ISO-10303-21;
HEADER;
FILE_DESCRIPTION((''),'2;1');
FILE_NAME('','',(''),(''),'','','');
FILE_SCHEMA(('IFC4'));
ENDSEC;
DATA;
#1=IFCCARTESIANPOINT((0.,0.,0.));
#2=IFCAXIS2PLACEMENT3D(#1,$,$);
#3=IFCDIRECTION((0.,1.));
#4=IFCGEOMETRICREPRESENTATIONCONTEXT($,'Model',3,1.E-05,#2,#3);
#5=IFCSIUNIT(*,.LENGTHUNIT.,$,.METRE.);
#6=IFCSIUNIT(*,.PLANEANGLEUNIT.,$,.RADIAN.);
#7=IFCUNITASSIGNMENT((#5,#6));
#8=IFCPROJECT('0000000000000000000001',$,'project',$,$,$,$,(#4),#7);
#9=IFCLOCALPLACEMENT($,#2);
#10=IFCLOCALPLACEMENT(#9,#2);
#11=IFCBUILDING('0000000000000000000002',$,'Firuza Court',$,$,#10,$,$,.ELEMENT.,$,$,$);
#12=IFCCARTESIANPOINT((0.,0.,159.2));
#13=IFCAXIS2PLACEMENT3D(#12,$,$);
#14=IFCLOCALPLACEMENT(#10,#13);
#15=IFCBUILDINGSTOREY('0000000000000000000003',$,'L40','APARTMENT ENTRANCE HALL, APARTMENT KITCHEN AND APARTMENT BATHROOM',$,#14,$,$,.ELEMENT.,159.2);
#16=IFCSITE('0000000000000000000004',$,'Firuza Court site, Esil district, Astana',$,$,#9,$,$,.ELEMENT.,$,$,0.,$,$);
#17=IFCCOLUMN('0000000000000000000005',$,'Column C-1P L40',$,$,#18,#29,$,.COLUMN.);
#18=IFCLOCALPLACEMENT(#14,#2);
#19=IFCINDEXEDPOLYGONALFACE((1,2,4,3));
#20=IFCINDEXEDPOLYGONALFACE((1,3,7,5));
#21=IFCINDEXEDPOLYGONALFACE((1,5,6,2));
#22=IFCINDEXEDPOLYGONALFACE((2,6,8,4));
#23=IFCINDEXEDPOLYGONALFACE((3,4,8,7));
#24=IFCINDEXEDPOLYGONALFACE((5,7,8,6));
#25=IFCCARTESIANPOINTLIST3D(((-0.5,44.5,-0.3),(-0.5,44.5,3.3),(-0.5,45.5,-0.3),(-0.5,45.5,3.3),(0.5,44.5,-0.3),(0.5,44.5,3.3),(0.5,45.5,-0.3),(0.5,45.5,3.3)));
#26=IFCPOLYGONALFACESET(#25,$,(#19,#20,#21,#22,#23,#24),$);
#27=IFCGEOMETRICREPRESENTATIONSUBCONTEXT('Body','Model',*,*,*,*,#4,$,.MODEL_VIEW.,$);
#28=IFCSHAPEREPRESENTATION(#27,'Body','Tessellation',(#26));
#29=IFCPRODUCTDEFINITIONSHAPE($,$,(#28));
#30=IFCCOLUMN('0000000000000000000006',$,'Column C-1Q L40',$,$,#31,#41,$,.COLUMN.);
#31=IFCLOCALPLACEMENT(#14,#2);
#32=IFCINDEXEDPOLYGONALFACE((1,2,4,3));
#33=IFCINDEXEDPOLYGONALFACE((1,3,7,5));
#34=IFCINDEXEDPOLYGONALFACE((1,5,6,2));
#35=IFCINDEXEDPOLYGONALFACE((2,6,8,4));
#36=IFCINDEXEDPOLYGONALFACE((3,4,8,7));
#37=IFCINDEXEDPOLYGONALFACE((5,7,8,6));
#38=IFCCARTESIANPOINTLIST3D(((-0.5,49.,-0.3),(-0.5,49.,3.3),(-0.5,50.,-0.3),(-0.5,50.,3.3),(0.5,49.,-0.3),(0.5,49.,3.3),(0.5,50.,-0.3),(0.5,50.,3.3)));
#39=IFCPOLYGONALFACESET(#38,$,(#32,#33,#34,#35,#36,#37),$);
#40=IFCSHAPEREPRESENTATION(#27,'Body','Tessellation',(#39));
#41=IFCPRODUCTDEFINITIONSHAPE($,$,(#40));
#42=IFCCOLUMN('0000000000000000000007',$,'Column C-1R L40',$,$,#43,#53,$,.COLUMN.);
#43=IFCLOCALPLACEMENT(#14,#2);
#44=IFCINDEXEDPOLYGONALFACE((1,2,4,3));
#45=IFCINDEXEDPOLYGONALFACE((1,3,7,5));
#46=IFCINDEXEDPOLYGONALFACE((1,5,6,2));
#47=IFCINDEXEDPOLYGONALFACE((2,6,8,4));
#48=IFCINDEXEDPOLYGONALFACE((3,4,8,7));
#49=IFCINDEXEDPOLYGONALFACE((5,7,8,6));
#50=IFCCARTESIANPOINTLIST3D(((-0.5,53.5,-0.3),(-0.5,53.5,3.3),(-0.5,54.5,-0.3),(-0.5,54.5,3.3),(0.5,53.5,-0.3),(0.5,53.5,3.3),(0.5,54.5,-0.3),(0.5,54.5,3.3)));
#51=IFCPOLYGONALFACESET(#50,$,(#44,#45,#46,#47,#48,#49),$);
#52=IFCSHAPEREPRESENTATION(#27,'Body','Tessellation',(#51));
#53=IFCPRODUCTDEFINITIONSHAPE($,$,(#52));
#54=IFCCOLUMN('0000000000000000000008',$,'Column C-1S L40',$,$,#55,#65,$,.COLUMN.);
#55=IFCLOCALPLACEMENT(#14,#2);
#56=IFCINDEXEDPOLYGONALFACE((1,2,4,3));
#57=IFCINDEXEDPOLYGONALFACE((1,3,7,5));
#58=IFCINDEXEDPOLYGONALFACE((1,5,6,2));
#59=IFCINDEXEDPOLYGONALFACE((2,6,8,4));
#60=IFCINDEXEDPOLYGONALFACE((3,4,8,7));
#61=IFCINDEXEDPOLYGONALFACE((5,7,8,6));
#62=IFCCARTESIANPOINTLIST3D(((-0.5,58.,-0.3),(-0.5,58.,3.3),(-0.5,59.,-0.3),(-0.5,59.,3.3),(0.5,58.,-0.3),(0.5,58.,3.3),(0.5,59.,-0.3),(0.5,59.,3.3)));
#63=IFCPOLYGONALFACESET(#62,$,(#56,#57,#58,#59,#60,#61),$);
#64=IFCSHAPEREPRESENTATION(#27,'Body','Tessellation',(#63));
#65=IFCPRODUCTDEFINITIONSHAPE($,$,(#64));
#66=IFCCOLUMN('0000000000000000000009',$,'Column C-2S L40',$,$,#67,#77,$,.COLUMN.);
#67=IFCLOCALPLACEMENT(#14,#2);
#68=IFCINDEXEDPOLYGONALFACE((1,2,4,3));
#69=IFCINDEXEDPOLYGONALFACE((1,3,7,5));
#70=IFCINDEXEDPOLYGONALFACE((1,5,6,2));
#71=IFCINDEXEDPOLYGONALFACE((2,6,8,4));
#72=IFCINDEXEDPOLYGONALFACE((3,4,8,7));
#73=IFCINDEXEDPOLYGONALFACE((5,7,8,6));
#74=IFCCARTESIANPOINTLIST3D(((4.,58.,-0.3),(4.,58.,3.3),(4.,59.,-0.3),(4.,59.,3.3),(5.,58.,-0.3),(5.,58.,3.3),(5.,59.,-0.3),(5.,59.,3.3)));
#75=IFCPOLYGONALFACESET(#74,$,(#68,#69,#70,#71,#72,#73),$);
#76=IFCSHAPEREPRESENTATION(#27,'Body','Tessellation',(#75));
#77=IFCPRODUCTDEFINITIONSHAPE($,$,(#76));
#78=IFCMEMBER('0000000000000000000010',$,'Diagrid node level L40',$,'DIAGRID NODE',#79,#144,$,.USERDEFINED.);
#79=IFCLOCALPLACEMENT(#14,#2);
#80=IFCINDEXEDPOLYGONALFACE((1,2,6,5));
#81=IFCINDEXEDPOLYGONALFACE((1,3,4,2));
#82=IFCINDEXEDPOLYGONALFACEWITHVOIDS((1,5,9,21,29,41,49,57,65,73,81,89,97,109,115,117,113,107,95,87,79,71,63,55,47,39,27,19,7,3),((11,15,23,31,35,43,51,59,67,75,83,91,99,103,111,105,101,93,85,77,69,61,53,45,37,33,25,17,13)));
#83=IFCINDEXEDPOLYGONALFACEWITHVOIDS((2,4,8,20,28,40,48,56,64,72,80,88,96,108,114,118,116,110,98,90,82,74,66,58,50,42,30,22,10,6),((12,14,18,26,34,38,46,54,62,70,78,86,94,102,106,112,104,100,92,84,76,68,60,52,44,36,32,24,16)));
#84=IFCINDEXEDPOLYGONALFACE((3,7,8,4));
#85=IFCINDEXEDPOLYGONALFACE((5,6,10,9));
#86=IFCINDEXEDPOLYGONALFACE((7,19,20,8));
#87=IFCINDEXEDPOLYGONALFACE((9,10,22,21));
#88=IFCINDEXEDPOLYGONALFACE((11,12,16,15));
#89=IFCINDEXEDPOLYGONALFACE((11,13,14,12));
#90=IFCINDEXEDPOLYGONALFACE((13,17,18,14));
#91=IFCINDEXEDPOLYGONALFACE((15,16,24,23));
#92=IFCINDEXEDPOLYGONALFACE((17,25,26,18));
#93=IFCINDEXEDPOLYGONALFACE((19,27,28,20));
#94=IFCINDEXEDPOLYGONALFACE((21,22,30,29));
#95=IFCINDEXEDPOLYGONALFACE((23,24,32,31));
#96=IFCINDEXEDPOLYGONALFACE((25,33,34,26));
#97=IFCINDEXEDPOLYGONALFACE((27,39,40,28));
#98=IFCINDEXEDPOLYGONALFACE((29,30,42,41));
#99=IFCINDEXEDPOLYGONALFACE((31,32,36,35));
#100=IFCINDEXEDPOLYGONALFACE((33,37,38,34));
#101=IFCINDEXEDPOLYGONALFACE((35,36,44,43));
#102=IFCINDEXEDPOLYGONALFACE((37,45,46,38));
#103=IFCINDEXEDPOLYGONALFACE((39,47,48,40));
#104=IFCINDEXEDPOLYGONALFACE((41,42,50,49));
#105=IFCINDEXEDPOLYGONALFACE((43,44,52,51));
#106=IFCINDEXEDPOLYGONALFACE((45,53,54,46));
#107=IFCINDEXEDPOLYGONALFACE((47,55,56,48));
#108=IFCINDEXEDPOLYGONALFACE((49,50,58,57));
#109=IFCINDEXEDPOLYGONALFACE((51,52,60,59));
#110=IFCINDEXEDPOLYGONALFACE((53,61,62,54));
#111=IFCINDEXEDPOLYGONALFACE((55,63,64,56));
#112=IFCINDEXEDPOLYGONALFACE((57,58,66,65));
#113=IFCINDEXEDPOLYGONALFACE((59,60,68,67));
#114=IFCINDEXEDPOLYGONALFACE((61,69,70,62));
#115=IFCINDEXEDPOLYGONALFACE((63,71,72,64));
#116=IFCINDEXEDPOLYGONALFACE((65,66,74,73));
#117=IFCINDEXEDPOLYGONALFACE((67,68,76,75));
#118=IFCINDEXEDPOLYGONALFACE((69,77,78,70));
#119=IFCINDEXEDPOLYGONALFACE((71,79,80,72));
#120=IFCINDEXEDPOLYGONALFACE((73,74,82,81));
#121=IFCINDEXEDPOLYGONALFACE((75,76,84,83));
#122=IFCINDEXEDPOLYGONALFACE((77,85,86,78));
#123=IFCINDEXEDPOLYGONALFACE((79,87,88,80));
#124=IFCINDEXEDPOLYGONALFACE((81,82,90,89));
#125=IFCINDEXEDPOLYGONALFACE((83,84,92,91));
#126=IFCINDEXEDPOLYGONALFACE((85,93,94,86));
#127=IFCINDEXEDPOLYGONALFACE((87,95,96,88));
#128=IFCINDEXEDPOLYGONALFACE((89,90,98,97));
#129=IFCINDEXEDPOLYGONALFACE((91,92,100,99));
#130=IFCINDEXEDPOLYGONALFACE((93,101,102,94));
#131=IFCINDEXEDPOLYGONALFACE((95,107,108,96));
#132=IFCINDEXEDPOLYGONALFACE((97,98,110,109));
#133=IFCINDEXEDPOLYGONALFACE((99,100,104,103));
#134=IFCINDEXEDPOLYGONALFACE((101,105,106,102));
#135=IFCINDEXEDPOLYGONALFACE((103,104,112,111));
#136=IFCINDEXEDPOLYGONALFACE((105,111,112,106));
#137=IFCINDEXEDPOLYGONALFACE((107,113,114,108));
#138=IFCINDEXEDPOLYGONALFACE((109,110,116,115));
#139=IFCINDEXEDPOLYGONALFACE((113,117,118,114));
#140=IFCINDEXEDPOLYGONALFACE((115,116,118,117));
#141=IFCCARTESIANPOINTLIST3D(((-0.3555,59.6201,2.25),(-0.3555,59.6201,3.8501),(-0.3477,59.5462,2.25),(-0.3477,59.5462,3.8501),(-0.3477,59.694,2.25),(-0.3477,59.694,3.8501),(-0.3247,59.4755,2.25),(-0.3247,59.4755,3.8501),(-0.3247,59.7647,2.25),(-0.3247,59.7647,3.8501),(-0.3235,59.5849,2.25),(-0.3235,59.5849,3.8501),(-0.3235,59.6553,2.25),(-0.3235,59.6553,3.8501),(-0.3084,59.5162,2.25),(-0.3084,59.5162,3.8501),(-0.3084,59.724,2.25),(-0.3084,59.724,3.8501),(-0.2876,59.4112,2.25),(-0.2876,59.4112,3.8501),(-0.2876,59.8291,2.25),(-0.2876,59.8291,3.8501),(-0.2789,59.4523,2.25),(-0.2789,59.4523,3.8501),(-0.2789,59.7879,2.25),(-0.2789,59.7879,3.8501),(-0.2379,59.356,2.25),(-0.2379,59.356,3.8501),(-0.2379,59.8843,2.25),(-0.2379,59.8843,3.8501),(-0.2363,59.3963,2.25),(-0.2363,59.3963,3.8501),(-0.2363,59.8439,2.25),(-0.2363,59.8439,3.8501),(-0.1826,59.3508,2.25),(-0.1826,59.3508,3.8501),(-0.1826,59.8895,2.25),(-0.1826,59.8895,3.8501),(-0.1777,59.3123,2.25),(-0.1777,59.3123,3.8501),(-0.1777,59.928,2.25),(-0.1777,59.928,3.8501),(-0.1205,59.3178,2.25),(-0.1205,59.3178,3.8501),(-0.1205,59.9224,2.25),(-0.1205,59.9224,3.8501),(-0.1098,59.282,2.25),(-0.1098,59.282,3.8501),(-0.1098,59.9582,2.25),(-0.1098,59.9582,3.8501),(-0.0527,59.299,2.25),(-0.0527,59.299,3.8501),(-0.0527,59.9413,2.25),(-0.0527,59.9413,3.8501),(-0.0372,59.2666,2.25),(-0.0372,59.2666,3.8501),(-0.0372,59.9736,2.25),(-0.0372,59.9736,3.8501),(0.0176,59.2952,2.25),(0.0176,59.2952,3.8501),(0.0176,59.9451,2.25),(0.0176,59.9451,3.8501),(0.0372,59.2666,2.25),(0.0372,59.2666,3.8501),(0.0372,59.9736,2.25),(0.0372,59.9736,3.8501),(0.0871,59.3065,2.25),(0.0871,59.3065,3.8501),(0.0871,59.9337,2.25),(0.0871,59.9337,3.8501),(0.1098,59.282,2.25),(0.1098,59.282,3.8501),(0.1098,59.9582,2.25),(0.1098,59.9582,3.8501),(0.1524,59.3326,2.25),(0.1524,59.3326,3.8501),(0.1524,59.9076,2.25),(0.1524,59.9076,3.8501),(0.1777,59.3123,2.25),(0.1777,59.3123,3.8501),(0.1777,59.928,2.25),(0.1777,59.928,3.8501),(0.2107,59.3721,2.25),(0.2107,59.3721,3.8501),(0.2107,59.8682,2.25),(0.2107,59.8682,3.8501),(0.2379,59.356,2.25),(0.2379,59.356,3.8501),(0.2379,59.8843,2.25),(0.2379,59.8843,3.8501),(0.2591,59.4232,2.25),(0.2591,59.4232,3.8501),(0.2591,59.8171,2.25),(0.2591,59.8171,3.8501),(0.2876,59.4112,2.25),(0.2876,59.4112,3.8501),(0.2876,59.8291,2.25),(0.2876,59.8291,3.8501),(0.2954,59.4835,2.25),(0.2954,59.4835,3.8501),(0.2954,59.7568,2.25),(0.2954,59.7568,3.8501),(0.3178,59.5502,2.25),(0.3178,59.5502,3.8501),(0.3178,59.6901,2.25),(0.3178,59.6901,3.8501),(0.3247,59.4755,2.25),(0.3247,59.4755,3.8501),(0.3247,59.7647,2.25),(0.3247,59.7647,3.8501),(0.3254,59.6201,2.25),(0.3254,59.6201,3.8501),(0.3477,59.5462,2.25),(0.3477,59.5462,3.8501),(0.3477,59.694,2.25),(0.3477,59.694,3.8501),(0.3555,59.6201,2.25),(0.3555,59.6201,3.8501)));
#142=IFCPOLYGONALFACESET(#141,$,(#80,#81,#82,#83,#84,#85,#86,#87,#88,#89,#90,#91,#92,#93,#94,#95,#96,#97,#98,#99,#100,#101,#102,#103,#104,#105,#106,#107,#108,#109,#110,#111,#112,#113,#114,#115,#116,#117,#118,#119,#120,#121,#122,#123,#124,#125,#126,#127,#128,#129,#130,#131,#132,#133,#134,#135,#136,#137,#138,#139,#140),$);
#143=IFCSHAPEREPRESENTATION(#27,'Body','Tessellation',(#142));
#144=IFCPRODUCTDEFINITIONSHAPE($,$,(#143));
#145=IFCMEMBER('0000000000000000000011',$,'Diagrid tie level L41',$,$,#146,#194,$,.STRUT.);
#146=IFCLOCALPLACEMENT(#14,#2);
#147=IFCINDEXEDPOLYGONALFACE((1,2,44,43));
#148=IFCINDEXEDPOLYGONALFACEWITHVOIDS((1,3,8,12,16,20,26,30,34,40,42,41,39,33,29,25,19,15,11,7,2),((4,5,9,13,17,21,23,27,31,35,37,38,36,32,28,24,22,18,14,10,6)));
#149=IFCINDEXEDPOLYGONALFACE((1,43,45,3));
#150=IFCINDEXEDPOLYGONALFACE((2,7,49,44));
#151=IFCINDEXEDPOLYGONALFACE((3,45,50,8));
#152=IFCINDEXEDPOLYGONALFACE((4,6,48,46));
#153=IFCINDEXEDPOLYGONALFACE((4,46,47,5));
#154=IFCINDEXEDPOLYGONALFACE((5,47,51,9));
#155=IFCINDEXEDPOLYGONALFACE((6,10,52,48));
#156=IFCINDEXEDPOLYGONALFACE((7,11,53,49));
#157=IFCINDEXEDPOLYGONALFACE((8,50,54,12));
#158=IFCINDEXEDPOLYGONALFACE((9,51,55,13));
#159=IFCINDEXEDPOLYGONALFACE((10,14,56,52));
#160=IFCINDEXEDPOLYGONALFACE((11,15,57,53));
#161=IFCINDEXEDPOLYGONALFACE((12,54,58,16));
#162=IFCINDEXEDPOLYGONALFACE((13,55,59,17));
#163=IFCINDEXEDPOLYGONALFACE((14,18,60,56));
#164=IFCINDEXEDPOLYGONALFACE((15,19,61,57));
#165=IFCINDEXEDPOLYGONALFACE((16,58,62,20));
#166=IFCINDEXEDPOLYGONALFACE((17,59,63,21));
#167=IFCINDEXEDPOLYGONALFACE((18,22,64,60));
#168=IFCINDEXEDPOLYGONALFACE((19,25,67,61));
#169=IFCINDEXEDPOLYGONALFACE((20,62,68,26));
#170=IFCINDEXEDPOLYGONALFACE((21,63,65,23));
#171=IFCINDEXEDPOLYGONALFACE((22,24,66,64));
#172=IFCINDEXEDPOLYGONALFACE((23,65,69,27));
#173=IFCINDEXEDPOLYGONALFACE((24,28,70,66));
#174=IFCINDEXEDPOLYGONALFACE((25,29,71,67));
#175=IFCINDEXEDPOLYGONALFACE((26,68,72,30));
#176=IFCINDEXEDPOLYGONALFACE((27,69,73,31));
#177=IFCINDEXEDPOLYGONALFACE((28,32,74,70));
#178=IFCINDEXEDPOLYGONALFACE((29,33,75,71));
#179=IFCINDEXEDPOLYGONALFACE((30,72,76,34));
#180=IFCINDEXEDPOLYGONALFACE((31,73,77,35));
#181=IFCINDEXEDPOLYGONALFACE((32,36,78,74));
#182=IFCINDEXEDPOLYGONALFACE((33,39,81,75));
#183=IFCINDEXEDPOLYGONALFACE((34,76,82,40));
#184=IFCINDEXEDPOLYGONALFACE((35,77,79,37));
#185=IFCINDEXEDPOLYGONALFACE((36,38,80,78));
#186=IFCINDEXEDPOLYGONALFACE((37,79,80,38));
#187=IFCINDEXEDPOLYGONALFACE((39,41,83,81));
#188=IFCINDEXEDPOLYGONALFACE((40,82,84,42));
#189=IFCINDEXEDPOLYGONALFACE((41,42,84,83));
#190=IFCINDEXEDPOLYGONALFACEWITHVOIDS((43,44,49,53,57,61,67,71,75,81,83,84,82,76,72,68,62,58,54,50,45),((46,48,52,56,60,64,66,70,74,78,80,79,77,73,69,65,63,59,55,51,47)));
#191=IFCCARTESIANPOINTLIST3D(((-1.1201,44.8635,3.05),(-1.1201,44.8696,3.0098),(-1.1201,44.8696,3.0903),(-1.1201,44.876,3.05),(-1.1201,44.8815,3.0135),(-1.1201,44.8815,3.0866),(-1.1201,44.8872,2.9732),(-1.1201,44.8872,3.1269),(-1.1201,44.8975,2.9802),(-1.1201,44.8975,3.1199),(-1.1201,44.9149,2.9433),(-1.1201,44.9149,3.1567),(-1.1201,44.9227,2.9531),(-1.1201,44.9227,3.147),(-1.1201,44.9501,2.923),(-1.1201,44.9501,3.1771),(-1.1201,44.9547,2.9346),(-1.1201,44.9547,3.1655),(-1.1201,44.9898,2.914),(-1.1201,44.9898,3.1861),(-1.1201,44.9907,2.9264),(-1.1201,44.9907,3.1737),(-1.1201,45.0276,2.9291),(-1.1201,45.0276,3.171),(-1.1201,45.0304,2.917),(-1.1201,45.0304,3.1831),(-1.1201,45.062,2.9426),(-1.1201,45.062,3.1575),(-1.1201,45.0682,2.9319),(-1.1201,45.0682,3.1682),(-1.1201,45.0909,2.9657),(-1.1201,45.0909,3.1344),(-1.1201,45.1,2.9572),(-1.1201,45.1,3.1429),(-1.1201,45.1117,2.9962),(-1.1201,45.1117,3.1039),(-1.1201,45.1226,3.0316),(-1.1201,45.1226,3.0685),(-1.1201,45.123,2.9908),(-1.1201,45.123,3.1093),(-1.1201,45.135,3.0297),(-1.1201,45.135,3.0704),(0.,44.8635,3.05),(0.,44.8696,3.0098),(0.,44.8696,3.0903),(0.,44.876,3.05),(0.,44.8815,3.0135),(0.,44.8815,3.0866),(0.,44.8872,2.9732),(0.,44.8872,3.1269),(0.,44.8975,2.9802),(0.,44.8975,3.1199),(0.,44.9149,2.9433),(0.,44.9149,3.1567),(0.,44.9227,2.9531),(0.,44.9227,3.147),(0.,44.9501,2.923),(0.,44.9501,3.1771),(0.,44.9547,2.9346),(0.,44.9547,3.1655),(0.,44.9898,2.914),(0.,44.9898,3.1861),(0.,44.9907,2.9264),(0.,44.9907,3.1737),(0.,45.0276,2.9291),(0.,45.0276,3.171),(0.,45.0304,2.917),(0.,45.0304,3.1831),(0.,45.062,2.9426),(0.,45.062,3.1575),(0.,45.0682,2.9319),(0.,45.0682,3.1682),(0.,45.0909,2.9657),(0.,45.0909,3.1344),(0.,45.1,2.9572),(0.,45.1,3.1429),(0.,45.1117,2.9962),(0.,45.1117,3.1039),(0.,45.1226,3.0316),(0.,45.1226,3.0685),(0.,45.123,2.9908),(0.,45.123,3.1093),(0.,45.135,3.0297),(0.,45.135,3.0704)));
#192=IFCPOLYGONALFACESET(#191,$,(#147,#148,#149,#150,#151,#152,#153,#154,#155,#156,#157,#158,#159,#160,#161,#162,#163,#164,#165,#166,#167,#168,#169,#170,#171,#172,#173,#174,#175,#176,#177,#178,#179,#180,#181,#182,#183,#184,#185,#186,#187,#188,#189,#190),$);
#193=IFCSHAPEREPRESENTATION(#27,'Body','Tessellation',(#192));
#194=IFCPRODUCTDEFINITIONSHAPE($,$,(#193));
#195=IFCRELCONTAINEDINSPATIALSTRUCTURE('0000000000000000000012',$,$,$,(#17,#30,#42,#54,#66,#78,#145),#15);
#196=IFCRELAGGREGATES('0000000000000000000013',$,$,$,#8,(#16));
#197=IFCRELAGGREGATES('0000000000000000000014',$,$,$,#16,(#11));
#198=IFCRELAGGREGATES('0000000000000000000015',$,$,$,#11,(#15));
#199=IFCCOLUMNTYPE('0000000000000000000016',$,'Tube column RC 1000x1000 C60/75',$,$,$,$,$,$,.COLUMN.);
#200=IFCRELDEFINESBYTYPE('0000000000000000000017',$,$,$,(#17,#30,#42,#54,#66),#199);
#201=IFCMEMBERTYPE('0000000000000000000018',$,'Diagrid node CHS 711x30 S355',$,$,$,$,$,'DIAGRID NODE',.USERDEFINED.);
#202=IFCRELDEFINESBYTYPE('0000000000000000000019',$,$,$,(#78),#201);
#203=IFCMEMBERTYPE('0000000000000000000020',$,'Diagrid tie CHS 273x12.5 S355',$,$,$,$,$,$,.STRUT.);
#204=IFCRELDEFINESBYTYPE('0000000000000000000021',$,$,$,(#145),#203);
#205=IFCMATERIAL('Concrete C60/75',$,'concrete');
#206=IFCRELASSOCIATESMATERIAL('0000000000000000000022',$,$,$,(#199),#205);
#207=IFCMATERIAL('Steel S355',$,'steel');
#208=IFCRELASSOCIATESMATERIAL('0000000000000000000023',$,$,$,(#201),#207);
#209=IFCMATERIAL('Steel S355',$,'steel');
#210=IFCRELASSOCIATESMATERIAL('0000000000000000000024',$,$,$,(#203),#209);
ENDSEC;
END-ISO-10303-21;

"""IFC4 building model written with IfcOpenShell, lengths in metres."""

from ifc_helpers import new_model, si_unit, direction, frame, origin, origin_2d, place, context, subcontext, project, spatial, rectangle, hollow_circle, extrude, material, material_profile, profile_set, type_object, element, save


model = new_model("IFC4")

# Units and contexts
model_context = context("Model", 3, precision=1e-05, world=origin(), true_north=direction((0.0, 1.0)))
body_context = subcontext(model_context, "Body", "Model", "MODEL_VIEW")
ifc_project = project(units=[si_unit("LENGTHUNIT", "METRE"), si_unit("PLANEANGLEUNIT", "RADIAN")], contexts=[model_context])

# Site, building, storey
site_placement = place(None, origin())
site = spatial("IfcSite", under=ifc_project, at=site_placement, Name="Firuza Court site, Esil district, Astana", CompositionType="ELEMENT", RefElevation=0.0)
building_placement = place(site_placement, origin())
building = spatial("IfcBuilding", under=site, at=building_placement, Name="Firuza Court", CompositionType="ELEMENT")
storey_placement = place(building_placement, frame((0.0, 0.0, 159.2)))
storey = spatial("IfcBuildingStorey", under=building, at=storey_placement, Name="L40", Description="APARTMENT ENTRANCE HALL, APARTMENT KITCHEN AND APARTMENT BATHROOM", CompositionType="ELEMENT", Elevation=159.2)

# Columns
ifc_material_1 = material(Name="Concrete C60/75", Category="concrete")
ifc_material_profile_1 = material_profile(ifc_material_1, rectangle(XDim=1.0, YDim=1.0, at=origin_2d()), Name="RC 1000x1000")
ifc_profile_set_1 = profile_set([ifc_material_profile_1], Name="Concrete C60/75")
column_type = type_object("IfcColumnType", Name="Tube column RC 1000x1000 C60/75", PredefinedType="COLUMN", material=ifc_profile_set_1)
for number, where, z_axis, x_axis, name in (
    (1, (0.0, 45.0, -0.3), (0.0, 0.0, 1.0), (1.0, 0.0, 0.0), "Column C-1P L40"),
    (2, (0.0, 49.5, -0.3), (0.0, 0.0, 1.0), (1.0, 0.0, 0.0), "Column C-1Q L40"),
    (3, (0.0, 54.0, -0.3), (0.0, 0.0, 1.0), (1.0, 0.0, 0.0), "Column C-1R L40"),
    (4, (0.0, 58.5, -0.3), (0.0, 0.0, 1.0), (1.0, 0.0, 0.0), "Column C-1S L40"),
    (5, (4.5, 58.5, -0.3), (0.0, 0.0, 1.0), (1.0, 0.0, 0.0), "Column C-2S L40"),
):
    element("IfcColumn", number, at=place(storey_placement, frame(where, z_axis=z_axis, x_axis=x_axis)), inside=storey, type_object=column_type, Name=name, PredefinedType="COLUMN", context=body_context, shape_type="SweptSolid", body=[
        extrude(rectangle(XDim=1.0, YDim=1.0, at=origin_2d()), origin(), (0.0, 0.0, 1.0), 3.6001),
    ])

# Members
ifc_material_2 = material(Name="Steel S355", Category="steel")
ifc_material_profile_2 = material_profile(ifc_material_2, hollow_circle(Radius=0.3555, WallThickness=0.03, at=origin_2d()), Name="CHS 711x30")
ifc_profile_set_2 = profile_set([ifc_material_profile_2], Name="Steel S355")
member_type_1 = type_object("IfcMemberType", Name="Diagrid node CHS 711x30 S355", ElementType="DIAGRID NODE", PredefinedType="USERDEFINED", material=ifc_profile_set_2)
member_placement = place(storey_placement, frame((0.0, 59.6201, 2.25), z_axis=(0.0, 0.0, 1.0), x_axis=(1.0, 0.0, 0.0)))
element("IfcMember", 6, at=member_placement, inside=storey, type_object=member_type_1, Name="Diagrid node level L40", ObjectType="DIAGRID NODE", PredefinedType="USERDEFINED", context=body_context, shape_type="SweptSolid", body=[
    extrude(hollow_circle(Radius=0.3555, WallThickness=0.03, at=origin_2d()), origin(), (0.0, 0.0, 1.0), 1.6001),
])
ifc_material_3 = material(Name="Steel S355", Category="steel")
ifc_material_profile_3 = material_profile(ifc_material_3, hollow_circle(Radius=0.1365, WallThickness=0.0125, at=origin_2d()), Name="CHS 273x12.5")
ifc_profile_set_3 = profile_set([ifc_material_profile_3], Name="Steel S355")
member_type_2 = type_object("IfcMemberType", Name="Diagrid tie CHS 273x12.5 S355", PredefinedType="STRUT", material=ifc_profile_set_3)
for number, where, z_axis, x_axis, name in (
    (7, (0.0, 45.0, 3.05), (-1.0, 0.0, 0.0), (0.0, -1.0, 0.0), "Diagrid tie level L41"),
):
    element("IfcMember", number, at=place(storey_placement, frame(where, z_axis=z_axis, x_axis=x_axis)), inside=storey, type_object=member_type_2, Name=name, PredefinedType="STRUT", context=body_context, shape_type="SweptSolid", body=[
        extrude(hollow_circle(Radius=0.1365, WallThickness=0.0125, at=origin_2d()), origin(), (0.0, 0.0, 1.0), 1.1201),
    ])

save(model, "model.ifc")
